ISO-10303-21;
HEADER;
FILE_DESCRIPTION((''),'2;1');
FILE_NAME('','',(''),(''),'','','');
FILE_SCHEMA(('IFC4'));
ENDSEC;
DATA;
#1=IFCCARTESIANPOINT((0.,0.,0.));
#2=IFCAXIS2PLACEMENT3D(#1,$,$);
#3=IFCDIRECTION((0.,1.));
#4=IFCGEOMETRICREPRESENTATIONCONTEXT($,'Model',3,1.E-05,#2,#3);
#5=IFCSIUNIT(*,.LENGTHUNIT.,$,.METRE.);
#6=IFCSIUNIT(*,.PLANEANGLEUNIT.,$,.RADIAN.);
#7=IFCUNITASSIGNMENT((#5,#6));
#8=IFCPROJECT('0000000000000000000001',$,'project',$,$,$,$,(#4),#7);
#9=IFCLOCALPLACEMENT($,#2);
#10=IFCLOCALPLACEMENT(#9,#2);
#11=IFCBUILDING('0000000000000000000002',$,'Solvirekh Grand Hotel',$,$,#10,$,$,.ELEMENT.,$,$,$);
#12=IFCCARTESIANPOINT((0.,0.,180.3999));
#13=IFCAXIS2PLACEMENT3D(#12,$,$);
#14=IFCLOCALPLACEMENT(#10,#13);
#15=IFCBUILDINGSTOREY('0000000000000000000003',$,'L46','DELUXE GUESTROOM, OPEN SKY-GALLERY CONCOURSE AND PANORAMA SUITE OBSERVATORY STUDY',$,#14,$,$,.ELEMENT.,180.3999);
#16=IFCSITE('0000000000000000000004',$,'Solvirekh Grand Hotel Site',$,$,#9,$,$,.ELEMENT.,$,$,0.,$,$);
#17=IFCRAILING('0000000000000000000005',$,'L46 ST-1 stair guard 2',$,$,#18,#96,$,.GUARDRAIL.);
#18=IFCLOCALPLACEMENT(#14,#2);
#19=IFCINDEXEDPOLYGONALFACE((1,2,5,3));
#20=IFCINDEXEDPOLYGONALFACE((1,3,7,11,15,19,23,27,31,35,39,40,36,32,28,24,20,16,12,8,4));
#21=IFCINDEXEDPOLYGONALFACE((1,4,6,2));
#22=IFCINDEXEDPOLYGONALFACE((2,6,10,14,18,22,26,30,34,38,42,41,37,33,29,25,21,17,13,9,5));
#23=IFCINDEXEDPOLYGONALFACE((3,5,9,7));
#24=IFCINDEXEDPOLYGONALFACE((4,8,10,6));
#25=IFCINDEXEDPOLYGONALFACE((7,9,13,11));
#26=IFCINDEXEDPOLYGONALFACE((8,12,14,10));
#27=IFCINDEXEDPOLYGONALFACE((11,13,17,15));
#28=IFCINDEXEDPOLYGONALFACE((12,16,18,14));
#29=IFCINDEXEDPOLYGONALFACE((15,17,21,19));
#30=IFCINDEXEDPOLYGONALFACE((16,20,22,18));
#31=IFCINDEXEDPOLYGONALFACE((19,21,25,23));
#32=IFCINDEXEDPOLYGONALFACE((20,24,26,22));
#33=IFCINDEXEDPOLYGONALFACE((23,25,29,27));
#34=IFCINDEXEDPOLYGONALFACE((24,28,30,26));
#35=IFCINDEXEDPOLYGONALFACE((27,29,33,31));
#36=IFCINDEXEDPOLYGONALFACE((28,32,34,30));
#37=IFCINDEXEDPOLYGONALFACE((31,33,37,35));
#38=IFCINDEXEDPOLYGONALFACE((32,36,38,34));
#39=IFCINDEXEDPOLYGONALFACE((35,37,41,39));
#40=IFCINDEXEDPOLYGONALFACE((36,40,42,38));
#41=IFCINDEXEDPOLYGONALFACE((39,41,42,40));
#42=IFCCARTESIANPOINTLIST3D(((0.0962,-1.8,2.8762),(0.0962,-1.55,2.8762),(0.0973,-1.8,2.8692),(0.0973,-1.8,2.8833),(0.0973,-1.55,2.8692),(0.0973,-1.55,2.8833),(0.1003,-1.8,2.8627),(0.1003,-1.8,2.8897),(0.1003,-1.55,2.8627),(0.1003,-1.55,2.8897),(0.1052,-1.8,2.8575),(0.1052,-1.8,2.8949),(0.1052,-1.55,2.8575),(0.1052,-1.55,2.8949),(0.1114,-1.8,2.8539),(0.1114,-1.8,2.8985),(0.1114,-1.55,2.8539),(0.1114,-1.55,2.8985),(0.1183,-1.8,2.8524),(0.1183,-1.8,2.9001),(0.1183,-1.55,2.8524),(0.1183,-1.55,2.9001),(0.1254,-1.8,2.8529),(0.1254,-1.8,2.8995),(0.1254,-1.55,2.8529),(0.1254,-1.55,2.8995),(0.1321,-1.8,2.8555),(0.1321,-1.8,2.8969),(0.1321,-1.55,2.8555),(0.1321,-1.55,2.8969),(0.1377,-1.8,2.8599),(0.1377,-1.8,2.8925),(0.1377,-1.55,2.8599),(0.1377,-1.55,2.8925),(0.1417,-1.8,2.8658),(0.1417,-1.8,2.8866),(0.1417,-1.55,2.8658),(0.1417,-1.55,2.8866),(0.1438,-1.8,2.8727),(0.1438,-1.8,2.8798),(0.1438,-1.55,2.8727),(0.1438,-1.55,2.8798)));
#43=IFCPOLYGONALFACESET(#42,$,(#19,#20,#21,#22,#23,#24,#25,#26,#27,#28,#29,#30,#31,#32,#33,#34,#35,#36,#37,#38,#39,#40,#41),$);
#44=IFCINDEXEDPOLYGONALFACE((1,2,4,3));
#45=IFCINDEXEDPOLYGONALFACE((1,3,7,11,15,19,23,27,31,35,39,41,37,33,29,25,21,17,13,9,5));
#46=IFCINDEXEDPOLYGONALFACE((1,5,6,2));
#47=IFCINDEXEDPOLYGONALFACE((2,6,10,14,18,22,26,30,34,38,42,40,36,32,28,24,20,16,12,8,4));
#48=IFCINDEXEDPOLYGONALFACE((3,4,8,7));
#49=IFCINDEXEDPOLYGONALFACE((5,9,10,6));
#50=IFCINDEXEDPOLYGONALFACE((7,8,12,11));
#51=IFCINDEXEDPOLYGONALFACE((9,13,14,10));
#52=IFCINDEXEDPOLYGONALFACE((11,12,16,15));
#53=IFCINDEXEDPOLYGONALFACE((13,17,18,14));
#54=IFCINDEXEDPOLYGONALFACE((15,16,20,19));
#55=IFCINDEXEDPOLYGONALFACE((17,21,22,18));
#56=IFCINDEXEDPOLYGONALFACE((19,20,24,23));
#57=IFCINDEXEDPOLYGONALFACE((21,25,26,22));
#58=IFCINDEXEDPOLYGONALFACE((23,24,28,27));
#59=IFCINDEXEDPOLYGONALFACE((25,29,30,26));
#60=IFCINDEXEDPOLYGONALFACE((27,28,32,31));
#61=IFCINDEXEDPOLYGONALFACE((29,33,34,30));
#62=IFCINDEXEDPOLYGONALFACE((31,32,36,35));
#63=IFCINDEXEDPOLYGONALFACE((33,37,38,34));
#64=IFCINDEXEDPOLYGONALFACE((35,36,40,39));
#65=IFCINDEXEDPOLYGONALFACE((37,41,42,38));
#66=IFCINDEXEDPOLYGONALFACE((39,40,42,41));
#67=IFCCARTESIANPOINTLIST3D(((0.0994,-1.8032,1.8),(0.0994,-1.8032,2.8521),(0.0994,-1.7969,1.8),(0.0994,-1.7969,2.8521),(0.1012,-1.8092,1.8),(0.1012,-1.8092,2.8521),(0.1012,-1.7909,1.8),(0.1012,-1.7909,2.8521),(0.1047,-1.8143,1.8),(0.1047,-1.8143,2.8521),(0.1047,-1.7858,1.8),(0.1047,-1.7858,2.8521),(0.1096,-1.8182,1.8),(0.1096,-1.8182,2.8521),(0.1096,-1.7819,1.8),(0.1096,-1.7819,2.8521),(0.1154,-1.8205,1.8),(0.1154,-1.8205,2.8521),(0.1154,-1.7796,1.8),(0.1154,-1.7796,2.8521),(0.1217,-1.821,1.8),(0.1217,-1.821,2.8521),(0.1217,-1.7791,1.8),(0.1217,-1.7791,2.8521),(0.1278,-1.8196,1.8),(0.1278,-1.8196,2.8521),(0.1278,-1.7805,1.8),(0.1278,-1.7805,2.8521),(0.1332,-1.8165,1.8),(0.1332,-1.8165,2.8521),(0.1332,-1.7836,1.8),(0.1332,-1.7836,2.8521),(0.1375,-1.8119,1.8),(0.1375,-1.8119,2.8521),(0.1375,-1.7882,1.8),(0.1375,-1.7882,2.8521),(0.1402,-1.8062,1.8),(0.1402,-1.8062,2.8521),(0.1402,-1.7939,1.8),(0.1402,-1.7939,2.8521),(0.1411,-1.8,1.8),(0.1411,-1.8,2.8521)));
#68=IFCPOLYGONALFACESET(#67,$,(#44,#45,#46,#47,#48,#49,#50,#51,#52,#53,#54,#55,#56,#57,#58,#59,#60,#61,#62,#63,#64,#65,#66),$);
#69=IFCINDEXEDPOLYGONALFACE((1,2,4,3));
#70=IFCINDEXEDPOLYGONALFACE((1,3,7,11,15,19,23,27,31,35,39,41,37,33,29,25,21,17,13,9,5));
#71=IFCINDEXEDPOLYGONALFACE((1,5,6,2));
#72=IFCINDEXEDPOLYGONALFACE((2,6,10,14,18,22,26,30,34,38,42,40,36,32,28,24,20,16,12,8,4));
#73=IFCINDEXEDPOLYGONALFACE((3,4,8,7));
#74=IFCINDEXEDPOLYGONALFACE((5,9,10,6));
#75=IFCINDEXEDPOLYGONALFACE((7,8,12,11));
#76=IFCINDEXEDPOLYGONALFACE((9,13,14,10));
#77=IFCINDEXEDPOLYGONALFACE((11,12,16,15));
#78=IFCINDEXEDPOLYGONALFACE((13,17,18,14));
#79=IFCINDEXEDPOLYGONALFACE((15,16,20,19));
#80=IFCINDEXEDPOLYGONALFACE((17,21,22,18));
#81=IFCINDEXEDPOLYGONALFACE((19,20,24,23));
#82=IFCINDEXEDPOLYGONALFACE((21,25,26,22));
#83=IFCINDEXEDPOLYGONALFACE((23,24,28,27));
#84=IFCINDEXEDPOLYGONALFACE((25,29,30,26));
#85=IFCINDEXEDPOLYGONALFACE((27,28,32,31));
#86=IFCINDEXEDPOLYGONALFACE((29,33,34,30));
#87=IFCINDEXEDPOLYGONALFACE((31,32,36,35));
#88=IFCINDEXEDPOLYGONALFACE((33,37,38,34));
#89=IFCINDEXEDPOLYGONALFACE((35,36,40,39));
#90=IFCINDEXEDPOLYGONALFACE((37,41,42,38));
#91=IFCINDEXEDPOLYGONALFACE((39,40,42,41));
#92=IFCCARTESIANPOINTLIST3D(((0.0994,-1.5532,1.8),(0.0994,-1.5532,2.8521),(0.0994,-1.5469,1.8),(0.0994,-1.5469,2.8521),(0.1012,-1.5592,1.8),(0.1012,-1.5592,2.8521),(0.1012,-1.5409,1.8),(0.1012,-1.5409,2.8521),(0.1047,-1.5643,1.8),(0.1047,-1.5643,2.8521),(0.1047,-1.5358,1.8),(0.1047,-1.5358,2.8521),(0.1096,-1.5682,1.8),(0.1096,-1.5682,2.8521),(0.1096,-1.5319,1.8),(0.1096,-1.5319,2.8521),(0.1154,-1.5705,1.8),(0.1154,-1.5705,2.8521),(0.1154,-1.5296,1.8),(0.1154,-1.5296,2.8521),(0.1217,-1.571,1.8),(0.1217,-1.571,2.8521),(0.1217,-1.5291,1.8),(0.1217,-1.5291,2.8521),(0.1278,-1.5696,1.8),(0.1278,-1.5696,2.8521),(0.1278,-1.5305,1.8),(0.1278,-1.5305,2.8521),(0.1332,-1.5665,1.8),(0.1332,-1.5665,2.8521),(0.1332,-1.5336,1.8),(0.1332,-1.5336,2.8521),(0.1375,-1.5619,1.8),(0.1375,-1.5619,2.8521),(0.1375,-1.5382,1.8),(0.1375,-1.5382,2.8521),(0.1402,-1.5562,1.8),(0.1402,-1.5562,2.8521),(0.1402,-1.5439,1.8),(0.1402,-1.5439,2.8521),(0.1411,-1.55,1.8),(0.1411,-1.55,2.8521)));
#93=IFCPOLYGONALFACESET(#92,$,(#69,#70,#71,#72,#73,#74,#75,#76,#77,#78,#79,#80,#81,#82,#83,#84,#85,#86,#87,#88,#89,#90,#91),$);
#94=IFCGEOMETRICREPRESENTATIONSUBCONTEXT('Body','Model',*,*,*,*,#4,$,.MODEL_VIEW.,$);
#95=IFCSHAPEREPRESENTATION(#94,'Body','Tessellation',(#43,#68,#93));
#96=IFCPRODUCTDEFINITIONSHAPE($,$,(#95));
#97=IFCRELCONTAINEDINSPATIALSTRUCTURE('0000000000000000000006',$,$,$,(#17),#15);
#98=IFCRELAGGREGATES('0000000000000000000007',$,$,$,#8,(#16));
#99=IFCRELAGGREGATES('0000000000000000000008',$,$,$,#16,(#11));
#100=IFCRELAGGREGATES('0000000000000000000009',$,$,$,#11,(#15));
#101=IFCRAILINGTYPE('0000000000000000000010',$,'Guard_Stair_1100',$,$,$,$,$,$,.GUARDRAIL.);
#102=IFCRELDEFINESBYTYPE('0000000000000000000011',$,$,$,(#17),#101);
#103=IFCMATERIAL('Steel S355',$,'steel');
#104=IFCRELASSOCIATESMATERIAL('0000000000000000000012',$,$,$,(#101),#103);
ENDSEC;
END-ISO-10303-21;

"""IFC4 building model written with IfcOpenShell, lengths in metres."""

from ifc_helpers import new_model, si_unit, direction, frame, origin, origin_2d, place, context, subcontext, project, spatial, circle, extrude, material, type_object, element, save


model = new_model("IFC4")

# Units and contexts
model_context = context("Model", 3, precision=1e-05, world=origin(), true_north=direction((0.0, 1.0)))
body_context = subcontext(model_context, "Body", "Model", "MODEL_VIEW")
ifc_project = project(units=[si_unit("LENGTHUNIT", "METRE"), si_unit("PLANEANGLEUNIT", "RADIAN")], contexts=[model_context])

# Site, building, storey
site_placement = place(None, origin())
site = spatial("IfcSite", under=ifc_project, at=site_placement, Name="Solvirekh Grand Hotel Site", CompositionType="ELEMENT", RefElevation=0.0)
building_placement = place(site_placement, origin())
building = spatial("IfcBuilding", under=site, at=building_placement, Name="Solvirekh Grand Hotel", CompositionType="ELEMENT")
storey_placement = place(building_placement, frame((0.0, 0.0, 180.3999)))
storey = spatial("IfcBuildingStorey", under=building, at=storey_placement, Name="L46", Description="DELUXE GUESTROOM, OPEN SKY-GALLERY CONCOURSE AND PANORAMA SUITE OBSERVATORY STUDY", CompositionType="ELEMENT", Elevation=180.3999)

# Railing
ifc_material_1 = material(Name="Steel S355", Category="steel")
railing_type_1 = type_object("IfcRailingType", Name="Guard_Stair_1100", PredefinedType="GUARDRAIL", material=ifc_material_1)
railing_1_placement = place(storey_placement, frame((0.1201, -1.8, 1.8)))
element("IfcRailing", 1, at=railing_1_placement, inside=storey, type_object=railing_type_1, Name="L46 ST-1 stair guard 2", PredefinedType="GUARDRAIL", context=body_context, shape_type="SweptSolid", body=[
    extrude(circle(Radius=0.0239, at=origin_2d()), frame((0.0, 0.0, 1.0762), z_axis=(0.0, 1.0, 0.0), x_axis=(-1.0, 0.0, 0.0)), (0.0, 0.0, 1.0), 0.25),
    extrude(circle(Radius=0.021, at=origin_2d()), origin(), (0.0, 0.0, 1.0), 1.052),
    extrude(circle(Radius=0.021, at=origin_2d()), frame((0.0, 0.25, 0.0)), (0.0, 0.0, 1.0), 1.052),
])

save(model, "model.ifc")
